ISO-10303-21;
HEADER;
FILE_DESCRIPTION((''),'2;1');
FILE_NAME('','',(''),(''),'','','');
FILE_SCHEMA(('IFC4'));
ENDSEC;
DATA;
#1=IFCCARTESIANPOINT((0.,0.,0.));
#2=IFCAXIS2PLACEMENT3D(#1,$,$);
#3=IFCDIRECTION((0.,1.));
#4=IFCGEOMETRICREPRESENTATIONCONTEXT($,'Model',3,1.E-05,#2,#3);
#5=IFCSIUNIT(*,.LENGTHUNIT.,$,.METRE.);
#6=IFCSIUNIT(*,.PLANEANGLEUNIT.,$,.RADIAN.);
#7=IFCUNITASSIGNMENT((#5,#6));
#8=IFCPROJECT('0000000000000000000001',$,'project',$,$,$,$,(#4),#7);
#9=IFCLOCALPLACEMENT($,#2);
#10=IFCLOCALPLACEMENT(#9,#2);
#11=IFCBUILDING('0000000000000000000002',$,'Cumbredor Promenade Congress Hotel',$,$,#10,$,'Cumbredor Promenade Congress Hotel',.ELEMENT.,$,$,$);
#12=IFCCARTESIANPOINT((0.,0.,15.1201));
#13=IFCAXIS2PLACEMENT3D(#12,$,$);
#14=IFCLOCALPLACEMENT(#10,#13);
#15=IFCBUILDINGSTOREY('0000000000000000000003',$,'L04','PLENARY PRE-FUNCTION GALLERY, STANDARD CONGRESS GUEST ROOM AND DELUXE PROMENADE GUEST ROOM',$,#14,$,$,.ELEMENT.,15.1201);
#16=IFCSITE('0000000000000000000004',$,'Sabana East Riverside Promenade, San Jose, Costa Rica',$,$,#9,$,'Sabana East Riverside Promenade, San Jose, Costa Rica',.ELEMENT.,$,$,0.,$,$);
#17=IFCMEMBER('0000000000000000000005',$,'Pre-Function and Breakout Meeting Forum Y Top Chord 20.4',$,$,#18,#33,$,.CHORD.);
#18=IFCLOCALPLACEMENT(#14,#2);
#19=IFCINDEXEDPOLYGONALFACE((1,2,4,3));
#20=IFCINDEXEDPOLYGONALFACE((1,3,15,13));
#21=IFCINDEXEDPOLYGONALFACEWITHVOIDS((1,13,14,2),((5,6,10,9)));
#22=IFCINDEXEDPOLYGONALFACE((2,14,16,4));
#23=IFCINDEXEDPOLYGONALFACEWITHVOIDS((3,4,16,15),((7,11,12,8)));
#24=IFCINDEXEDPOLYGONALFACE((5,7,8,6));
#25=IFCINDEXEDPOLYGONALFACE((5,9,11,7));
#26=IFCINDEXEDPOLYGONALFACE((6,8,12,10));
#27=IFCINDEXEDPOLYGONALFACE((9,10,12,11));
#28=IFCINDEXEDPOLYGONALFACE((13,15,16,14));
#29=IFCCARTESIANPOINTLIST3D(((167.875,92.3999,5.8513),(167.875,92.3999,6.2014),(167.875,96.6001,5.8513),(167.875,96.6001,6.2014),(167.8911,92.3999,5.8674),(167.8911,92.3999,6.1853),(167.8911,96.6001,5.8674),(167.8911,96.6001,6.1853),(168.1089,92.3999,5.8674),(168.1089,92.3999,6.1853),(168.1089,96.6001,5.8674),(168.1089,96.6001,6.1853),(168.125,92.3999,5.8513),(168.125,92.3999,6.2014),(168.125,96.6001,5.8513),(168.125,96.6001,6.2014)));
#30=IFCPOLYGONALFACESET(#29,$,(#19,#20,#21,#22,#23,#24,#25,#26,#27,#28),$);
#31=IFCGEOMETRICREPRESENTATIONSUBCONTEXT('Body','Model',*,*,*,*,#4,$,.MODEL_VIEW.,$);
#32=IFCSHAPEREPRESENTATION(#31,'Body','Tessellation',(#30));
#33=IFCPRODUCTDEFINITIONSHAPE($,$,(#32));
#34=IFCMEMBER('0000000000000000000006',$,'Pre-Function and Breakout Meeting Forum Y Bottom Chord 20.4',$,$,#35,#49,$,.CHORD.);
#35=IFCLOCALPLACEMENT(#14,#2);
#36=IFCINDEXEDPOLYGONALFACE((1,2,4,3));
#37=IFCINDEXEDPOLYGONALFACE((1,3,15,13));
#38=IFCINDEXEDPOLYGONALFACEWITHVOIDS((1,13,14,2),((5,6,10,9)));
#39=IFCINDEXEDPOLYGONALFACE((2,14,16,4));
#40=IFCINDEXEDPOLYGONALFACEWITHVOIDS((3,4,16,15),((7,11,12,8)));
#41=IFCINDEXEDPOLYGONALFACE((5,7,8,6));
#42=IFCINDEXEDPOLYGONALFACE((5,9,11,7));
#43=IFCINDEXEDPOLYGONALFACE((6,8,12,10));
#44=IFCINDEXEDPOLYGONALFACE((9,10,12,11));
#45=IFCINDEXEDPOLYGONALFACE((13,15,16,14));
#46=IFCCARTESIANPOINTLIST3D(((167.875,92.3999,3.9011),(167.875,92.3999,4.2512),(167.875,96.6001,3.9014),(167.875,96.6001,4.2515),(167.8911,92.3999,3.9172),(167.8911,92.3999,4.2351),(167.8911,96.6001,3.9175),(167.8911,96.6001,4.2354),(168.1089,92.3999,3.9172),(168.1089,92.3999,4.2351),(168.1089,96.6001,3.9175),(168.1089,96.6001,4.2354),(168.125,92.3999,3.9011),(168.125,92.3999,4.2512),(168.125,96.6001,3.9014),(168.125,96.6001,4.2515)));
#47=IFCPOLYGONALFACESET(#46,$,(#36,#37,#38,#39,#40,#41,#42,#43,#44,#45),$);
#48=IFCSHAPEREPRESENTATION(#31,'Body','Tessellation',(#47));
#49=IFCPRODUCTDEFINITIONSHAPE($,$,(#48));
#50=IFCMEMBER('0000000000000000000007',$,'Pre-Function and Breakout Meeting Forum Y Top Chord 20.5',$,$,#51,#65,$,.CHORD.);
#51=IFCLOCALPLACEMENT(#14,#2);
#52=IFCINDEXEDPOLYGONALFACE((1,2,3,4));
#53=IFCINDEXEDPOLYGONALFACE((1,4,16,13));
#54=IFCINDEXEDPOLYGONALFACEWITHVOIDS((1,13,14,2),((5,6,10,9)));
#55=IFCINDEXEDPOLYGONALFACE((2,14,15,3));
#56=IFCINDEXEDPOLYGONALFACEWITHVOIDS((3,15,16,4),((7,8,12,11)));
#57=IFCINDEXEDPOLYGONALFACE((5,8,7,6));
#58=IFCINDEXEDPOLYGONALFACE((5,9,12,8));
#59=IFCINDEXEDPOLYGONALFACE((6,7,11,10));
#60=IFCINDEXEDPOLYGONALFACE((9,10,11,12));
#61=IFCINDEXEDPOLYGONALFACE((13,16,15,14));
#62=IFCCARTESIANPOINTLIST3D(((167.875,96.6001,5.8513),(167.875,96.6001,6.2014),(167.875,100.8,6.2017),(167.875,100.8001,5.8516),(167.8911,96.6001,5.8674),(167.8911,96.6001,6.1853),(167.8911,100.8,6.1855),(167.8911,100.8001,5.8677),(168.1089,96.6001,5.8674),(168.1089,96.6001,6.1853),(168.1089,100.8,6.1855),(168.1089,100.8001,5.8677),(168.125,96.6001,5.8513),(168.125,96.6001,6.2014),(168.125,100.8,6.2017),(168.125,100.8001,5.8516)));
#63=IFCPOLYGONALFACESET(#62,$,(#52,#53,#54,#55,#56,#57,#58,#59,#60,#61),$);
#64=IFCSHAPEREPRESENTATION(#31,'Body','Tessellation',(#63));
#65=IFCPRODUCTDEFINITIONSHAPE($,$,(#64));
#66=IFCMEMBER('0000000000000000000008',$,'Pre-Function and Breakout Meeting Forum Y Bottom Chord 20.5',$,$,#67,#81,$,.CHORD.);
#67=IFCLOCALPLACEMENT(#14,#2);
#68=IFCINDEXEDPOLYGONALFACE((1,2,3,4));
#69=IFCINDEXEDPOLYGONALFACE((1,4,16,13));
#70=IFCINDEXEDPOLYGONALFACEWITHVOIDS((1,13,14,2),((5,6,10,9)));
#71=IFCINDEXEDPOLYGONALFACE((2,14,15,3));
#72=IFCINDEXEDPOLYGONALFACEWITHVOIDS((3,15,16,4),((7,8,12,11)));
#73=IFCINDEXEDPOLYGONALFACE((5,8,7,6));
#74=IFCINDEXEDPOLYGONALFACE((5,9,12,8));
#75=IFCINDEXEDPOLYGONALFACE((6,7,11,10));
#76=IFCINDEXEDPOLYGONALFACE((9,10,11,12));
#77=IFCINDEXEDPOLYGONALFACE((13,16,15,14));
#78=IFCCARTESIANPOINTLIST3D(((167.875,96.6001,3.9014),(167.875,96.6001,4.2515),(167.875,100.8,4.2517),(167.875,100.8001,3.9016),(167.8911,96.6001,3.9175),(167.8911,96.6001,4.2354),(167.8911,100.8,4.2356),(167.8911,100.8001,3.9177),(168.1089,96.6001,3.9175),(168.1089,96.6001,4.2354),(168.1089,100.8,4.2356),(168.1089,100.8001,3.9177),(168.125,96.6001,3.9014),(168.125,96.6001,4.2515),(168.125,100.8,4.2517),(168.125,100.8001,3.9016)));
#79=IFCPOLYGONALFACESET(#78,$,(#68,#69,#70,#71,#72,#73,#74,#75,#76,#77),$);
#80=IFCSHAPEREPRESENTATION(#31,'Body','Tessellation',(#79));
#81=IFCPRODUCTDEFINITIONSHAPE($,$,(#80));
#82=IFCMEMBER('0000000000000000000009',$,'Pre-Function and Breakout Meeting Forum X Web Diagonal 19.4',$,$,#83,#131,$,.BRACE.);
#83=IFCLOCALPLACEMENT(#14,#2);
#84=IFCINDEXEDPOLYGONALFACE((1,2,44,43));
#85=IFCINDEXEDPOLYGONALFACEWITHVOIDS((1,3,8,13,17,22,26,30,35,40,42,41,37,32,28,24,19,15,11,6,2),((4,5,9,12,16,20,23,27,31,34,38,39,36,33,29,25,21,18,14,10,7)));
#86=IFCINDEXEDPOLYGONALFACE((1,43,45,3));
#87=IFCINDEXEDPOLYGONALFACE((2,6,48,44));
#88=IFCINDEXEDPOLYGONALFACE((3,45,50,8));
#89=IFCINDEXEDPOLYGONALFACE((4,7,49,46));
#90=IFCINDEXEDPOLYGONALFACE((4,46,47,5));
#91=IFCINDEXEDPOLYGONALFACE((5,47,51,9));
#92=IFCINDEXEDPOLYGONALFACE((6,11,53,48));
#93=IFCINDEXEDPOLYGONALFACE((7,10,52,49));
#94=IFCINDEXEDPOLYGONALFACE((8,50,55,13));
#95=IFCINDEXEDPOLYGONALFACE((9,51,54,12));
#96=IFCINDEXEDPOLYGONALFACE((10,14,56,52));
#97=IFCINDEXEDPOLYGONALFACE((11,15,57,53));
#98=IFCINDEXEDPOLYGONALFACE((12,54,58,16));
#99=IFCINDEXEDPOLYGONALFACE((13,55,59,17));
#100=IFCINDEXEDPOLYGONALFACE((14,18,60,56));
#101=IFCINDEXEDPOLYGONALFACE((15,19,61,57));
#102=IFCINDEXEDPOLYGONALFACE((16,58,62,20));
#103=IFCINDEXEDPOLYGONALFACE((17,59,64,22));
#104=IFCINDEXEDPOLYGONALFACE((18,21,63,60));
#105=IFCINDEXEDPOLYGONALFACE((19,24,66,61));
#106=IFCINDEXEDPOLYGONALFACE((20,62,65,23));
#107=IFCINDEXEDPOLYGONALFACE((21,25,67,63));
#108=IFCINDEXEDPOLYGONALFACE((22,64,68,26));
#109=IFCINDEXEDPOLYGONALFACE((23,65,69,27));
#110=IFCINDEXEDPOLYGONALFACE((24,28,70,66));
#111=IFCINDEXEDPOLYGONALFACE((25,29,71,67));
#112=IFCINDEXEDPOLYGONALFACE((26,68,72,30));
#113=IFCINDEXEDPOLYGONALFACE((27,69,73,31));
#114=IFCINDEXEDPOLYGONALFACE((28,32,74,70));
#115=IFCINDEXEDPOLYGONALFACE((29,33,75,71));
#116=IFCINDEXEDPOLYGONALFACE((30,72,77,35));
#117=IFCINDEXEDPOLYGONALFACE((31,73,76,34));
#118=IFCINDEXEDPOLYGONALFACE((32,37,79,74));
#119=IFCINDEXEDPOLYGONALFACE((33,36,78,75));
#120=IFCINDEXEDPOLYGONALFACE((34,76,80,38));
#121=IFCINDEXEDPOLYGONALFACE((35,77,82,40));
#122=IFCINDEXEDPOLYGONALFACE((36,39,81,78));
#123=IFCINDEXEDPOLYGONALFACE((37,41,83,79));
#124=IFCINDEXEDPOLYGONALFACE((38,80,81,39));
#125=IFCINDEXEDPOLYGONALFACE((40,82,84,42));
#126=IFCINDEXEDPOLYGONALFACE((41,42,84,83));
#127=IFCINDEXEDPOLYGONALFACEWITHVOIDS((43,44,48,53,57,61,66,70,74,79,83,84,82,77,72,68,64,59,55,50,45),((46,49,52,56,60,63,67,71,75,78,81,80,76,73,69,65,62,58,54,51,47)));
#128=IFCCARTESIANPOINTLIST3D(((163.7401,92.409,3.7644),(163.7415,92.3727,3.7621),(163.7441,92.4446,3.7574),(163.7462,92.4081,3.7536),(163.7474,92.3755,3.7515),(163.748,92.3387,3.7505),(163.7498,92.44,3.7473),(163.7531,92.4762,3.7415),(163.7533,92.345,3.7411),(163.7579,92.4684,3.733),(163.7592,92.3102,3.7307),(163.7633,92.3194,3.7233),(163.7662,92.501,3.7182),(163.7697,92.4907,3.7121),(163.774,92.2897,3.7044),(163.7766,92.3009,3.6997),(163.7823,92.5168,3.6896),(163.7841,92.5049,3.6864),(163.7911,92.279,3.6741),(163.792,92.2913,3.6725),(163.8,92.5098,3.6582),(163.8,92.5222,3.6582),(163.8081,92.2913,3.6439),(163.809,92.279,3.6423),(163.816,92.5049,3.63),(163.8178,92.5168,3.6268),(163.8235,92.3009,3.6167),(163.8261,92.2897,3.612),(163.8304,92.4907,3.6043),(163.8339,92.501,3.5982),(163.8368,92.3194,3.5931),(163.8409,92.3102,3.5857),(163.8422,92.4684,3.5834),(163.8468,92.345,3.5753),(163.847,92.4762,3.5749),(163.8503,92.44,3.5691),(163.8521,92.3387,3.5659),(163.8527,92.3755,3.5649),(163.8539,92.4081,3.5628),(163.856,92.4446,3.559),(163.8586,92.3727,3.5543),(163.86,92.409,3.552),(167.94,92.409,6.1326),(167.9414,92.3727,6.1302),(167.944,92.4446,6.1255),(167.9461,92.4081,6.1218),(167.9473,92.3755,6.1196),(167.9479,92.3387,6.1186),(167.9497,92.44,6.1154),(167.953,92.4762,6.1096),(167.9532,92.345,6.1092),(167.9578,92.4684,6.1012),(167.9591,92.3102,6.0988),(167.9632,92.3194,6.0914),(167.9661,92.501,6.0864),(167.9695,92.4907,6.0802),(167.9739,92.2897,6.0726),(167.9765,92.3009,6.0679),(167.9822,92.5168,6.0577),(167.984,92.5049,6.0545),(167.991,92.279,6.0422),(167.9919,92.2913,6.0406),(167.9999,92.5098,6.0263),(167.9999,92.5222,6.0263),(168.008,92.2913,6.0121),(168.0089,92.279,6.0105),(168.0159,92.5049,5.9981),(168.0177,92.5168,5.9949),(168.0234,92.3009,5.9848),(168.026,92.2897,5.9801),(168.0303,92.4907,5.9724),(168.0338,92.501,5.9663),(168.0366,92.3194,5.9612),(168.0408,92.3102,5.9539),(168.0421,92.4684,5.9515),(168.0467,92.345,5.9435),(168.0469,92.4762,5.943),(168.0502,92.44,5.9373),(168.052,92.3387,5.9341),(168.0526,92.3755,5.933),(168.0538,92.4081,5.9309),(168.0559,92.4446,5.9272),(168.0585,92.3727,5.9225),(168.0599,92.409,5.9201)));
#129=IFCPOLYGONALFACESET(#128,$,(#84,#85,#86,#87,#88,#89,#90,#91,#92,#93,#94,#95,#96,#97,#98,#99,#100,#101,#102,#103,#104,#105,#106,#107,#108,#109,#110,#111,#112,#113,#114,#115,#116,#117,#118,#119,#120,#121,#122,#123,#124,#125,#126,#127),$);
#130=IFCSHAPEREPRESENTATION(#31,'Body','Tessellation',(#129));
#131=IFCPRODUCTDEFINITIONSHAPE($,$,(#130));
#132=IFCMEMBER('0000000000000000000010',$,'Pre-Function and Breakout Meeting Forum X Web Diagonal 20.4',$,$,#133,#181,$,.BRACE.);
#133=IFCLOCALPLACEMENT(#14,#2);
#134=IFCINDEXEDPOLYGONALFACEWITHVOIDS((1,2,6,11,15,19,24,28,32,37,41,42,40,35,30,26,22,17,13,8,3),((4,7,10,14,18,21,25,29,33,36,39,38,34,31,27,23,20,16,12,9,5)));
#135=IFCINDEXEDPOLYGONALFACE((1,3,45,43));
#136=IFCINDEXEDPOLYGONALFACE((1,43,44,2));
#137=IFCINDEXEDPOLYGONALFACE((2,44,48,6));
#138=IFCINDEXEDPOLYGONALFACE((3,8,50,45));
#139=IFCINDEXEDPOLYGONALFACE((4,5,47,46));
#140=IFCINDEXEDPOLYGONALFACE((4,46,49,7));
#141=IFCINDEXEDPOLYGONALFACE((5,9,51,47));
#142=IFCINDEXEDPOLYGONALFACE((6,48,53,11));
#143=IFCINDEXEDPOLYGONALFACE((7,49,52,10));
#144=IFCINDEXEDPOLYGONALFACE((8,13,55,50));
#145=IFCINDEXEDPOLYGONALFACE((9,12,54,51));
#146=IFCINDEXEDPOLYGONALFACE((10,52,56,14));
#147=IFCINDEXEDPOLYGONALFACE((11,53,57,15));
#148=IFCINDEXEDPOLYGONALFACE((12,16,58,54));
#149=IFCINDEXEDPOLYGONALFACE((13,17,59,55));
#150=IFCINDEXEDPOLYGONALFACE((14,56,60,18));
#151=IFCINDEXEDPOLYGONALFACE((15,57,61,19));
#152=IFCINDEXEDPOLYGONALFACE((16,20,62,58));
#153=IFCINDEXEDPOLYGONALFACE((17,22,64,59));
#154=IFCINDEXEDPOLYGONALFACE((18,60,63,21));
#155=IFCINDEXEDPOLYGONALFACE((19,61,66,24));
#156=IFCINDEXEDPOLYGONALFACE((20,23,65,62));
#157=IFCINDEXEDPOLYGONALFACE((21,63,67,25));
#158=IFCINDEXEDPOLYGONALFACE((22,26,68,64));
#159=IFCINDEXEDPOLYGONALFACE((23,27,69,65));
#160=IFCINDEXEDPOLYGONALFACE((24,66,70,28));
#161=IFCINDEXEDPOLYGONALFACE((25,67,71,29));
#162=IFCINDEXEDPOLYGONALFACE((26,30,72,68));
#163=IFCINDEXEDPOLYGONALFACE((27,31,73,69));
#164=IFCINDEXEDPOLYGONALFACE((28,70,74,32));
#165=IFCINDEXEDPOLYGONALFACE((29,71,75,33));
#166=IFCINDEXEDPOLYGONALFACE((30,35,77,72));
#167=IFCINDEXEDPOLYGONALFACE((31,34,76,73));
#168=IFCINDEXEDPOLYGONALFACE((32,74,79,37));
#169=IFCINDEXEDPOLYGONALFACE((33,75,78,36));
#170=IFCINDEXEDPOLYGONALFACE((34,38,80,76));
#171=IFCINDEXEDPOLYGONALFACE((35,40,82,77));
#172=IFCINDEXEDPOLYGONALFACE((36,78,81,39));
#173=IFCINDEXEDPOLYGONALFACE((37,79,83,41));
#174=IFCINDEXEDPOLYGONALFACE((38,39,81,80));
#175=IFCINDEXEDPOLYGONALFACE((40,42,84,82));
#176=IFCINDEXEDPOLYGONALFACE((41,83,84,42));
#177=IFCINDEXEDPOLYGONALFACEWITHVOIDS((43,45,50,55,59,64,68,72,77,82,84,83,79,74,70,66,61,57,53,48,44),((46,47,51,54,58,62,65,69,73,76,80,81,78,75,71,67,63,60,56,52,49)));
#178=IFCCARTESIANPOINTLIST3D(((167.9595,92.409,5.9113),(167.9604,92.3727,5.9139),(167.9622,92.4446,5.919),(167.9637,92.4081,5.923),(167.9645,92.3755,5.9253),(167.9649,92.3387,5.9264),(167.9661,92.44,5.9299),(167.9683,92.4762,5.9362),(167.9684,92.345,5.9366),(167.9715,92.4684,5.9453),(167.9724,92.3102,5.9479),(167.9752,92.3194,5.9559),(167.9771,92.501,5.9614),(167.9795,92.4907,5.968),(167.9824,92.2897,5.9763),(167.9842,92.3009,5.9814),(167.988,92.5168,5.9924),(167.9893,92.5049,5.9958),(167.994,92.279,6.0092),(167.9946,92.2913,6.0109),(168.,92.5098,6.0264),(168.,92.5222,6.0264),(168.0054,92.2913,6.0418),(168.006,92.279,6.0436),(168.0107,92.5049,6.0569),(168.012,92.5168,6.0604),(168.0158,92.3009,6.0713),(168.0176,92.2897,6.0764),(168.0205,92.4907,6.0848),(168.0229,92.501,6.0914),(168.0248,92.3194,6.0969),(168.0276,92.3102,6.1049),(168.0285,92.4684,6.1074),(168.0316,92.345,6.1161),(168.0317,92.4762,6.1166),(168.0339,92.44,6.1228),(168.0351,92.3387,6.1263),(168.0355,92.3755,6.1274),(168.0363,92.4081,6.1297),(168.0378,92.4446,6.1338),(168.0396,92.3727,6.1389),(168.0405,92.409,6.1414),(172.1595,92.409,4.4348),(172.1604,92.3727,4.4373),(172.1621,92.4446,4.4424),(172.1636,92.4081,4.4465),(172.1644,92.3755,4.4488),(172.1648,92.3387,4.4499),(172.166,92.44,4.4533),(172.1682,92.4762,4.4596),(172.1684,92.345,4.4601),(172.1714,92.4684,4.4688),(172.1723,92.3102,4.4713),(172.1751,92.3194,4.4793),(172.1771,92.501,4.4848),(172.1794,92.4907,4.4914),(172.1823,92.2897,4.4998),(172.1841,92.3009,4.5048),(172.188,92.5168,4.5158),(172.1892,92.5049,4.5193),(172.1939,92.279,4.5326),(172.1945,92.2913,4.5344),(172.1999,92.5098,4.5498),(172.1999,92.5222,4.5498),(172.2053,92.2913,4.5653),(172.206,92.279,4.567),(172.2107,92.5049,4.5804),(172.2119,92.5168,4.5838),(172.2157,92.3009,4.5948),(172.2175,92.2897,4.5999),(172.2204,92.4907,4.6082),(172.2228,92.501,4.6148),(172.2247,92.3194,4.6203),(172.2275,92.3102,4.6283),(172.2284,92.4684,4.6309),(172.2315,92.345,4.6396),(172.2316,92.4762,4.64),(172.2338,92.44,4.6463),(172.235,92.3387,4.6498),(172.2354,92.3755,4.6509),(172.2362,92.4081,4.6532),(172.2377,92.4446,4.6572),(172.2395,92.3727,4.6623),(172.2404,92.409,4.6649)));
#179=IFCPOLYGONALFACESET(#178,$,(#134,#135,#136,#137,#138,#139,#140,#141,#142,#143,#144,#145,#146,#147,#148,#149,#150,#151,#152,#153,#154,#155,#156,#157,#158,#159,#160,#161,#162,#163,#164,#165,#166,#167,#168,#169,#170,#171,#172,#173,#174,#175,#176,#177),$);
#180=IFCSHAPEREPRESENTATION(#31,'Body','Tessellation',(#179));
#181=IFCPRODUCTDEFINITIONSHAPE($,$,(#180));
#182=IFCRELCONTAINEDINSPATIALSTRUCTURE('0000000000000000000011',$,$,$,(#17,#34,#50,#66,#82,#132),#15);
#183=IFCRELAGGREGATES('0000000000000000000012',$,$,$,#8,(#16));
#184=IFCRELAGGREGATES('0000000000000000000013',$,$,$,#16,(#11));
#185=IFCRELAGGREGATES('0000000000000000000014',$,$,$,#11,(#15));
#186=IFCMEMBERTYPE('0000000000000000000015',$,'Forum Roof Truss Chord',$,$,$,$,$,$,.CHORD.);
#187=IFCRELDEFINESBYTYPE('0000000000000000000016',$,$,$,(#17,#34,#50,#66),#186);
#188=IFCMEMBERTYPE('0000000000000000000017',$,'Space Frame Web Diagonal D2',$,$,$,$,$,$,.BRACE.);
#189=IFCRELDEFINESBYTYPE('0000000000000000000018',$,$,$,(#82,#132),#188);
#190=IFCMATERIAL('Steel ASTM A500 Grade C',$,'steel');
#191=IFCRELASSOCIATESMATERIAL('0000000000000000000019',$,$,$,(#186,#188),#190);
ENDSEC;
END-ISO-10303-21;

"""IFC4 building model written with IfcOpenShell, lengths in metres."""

from ifc_helpers import new_model, si_unit, direction, frame, origin, origin_2d, place, context, subcontext, project, spatial, hollow_rectangle, hollow_circle, extrude, material, material_profile, profile_set, type_object, element, save


model = new_model("IFC4")

# Units and contexts
model_context = context("Model", 3, precision=1e-05, world=origin(), true_north=direction((0.0, 1.0)))
body_context = subcontext(model_context, "Body", "Model", "MODEL_VIEW")
ifc_project = project(units=[si_unit("LENGTHUNIT", "METRE"), si_unit("PLANEANGLEUNIT", "RADIAN")], contexts=[model_context])

# Site, building, storey
site_placement = place(None, origin())
site = spatial("IfcSite", under=ifc_project, at=site_placement, Name="Sabana East Riverside Promenade, San Jose, Costa Rica", LongName="Sabana East Riverside Promenade, San Jose, Costa Rica", CompositionType="ELEMENT", RefElevation=0.0)
building_placement = place(site_placement, origin())
building = spatial("IfcBuilding", under=site, at=building_placement, Name="Cumbredor Promenade Congress Hotel", LongName="Cumbredor Promenade Congress Hotel", CompositionType="ELEMENT")
storey_placement = place(building_placement, frame((0.0, 0.0, 15.1201)))
storey = spatial("IfcBuildingStorey", under=building, at=storey_placement, Name="L04", Description="PLENARY PRE-FUNCTION GALLERY, STANDARD CONGRESS GUEST ROOM AND DELUXE PROMENADE GUEST ROOM", CompositionType="ELEMENT", Elevation=15.1201)

# Members
ifc_material_1 = material(Name="Steel ASTM A500 Grade C", Category="steel")
ifc_material_profile_1 = material_profile(ifc_material_1, hollow_rectangle(XDim=0.25, YDim=0.3501, WallThickness=0.0161, at=origin_2d()), Name="HSS 350x250x16")
ifc_profile_set_1 = profile_set([ifc_material_profile_1], Name="Steel ASTM A500 Grade C")
member_type_1 = type_object("IfcMemberType", Name="Forum Roof Truss Chord", PredefinedType="CHORD", material=ifc_profile_set_1)
for number, where, z_axis, x_axis, name in (
    (1, (168.0, 92.3999, 6.0264), (0.0, 1.0, 0.0), (-1.0, 0.0, 0.0), "Pre-Function and Breakout Meeting Forum Y Top Chord 20.4"),
    (2, (168.0, 92.3999, 4.0762), (0.0, 1.0, 0.000058), (-1.0, 0.0, 0.0), "Pre-Function and Breakout Meeting Forum Y Bottom Chord 20.4"),
):
    element("IfcMember", number, at=place(storey_placement, frame(where, z_axis=z_axis, x_axis=x_axis)), inside=storey, type_object=member_type_1, Name=name, PredefinedType="CHORD", context=body_context, shape_type="SweptSolid", body=[
        extrude(hollow_rectangle(XDim=0.25, YDim=0.3501, WallThickness=0.0161, at=origin_2d()), origin(), (0.0, 0.0, 1.0), 4.2002),
    ])
for number, where, z_axis, x_axis, name in (
    (3, (168.0, 96.6001, 6.0264), (0.0, 1.0, 0.000058), (-1.0, 0.0, 0.0), "Pre-Function and Breakout Meeting Forum Y Top Chord 20.5"),
    (4, (168.0, 96.6001, 4.0764), (0.0, 1.0, 0.000058), (-1.0, 0.0, 0.0), "Pre-Function and Breakout Meeting Forum Y Bottom Chord 20.5"),
):
    element("IfcMember", number, at=place(storey_placement, frame(where, z_axis=z_axis, x_axis=x_axis)), inside=storey, type_object=member_type_1, Name=name, PredefinedType="CHORD", context=body_context, shape_type="SweptSolid", body=[
        extrude(hollow_rectangle(XDim=0.25, YDim=0.3501, WallThickness=0.0161, at=origin_2d()), origin(), (0.0, 0.0, 1.0), 4.2),
    ])
ifc_material_profile_2 = material_profile(ifc_material_1, hollow_circle(Radius=0.1223, WallThickness=0.0125, at=origin_2d()), Name="CHS 244.5x12.5")
ifc_profile_set_2 = profile_set([ifc_material_profile_2], Name="Steel ASTM A500 Grade C")
member_type_2 = type_object("IfcMemberType", Name="Space Frame Web Diagonal D2", PredefinedType="BRACE", material=ifc_profile_set_2)
member_1_placement = place(storey_placement, frame((163.8, 92.3999, 3.6582), z_axis=(0.871071, 0.0, 0.491158), x_axis=(0.0, 1.0, 0.0)))
element("IfcMember", 5, at=member_1_placement, inside=storey, type_object=member_type_2, Name="Pre-Function and Breakout Meeting Forum X Web Diagonal 19.4", PredefinedType="BRACE", context=body_context, shape_type="SweptSolid", body=[
    extrude(hollow_circle(Radius=0.1223, WallThickness=0.0125, at=origin_2d()), origin(), (0.0, 0.0, 1.0), 4.8215),
])
member_2_placement = place(storey_placement, frame((168.0, 92.3999, 6.0264), z_axis=(0.943397, 0.0, -0.331667), x_axis=(0.0, 1.0, 0.0)))
element("IfcMember", 6, at=member_2_placement, inside=storey, type_object=member_type_2, Name="Pre-Function and Breakout Meeting Forum X Web Diagonal 20.4", PredefinedType="BRACE", context=body_context, shape_type="SweptSolid", body=[
    extrude(hollow_circle(Radius=0.1223, WallThickness=0.0125, at=origin_2d()), origin(), (0.0, 0.0, 1.0), 4.4519),
])

save(model, "model.ifc")
